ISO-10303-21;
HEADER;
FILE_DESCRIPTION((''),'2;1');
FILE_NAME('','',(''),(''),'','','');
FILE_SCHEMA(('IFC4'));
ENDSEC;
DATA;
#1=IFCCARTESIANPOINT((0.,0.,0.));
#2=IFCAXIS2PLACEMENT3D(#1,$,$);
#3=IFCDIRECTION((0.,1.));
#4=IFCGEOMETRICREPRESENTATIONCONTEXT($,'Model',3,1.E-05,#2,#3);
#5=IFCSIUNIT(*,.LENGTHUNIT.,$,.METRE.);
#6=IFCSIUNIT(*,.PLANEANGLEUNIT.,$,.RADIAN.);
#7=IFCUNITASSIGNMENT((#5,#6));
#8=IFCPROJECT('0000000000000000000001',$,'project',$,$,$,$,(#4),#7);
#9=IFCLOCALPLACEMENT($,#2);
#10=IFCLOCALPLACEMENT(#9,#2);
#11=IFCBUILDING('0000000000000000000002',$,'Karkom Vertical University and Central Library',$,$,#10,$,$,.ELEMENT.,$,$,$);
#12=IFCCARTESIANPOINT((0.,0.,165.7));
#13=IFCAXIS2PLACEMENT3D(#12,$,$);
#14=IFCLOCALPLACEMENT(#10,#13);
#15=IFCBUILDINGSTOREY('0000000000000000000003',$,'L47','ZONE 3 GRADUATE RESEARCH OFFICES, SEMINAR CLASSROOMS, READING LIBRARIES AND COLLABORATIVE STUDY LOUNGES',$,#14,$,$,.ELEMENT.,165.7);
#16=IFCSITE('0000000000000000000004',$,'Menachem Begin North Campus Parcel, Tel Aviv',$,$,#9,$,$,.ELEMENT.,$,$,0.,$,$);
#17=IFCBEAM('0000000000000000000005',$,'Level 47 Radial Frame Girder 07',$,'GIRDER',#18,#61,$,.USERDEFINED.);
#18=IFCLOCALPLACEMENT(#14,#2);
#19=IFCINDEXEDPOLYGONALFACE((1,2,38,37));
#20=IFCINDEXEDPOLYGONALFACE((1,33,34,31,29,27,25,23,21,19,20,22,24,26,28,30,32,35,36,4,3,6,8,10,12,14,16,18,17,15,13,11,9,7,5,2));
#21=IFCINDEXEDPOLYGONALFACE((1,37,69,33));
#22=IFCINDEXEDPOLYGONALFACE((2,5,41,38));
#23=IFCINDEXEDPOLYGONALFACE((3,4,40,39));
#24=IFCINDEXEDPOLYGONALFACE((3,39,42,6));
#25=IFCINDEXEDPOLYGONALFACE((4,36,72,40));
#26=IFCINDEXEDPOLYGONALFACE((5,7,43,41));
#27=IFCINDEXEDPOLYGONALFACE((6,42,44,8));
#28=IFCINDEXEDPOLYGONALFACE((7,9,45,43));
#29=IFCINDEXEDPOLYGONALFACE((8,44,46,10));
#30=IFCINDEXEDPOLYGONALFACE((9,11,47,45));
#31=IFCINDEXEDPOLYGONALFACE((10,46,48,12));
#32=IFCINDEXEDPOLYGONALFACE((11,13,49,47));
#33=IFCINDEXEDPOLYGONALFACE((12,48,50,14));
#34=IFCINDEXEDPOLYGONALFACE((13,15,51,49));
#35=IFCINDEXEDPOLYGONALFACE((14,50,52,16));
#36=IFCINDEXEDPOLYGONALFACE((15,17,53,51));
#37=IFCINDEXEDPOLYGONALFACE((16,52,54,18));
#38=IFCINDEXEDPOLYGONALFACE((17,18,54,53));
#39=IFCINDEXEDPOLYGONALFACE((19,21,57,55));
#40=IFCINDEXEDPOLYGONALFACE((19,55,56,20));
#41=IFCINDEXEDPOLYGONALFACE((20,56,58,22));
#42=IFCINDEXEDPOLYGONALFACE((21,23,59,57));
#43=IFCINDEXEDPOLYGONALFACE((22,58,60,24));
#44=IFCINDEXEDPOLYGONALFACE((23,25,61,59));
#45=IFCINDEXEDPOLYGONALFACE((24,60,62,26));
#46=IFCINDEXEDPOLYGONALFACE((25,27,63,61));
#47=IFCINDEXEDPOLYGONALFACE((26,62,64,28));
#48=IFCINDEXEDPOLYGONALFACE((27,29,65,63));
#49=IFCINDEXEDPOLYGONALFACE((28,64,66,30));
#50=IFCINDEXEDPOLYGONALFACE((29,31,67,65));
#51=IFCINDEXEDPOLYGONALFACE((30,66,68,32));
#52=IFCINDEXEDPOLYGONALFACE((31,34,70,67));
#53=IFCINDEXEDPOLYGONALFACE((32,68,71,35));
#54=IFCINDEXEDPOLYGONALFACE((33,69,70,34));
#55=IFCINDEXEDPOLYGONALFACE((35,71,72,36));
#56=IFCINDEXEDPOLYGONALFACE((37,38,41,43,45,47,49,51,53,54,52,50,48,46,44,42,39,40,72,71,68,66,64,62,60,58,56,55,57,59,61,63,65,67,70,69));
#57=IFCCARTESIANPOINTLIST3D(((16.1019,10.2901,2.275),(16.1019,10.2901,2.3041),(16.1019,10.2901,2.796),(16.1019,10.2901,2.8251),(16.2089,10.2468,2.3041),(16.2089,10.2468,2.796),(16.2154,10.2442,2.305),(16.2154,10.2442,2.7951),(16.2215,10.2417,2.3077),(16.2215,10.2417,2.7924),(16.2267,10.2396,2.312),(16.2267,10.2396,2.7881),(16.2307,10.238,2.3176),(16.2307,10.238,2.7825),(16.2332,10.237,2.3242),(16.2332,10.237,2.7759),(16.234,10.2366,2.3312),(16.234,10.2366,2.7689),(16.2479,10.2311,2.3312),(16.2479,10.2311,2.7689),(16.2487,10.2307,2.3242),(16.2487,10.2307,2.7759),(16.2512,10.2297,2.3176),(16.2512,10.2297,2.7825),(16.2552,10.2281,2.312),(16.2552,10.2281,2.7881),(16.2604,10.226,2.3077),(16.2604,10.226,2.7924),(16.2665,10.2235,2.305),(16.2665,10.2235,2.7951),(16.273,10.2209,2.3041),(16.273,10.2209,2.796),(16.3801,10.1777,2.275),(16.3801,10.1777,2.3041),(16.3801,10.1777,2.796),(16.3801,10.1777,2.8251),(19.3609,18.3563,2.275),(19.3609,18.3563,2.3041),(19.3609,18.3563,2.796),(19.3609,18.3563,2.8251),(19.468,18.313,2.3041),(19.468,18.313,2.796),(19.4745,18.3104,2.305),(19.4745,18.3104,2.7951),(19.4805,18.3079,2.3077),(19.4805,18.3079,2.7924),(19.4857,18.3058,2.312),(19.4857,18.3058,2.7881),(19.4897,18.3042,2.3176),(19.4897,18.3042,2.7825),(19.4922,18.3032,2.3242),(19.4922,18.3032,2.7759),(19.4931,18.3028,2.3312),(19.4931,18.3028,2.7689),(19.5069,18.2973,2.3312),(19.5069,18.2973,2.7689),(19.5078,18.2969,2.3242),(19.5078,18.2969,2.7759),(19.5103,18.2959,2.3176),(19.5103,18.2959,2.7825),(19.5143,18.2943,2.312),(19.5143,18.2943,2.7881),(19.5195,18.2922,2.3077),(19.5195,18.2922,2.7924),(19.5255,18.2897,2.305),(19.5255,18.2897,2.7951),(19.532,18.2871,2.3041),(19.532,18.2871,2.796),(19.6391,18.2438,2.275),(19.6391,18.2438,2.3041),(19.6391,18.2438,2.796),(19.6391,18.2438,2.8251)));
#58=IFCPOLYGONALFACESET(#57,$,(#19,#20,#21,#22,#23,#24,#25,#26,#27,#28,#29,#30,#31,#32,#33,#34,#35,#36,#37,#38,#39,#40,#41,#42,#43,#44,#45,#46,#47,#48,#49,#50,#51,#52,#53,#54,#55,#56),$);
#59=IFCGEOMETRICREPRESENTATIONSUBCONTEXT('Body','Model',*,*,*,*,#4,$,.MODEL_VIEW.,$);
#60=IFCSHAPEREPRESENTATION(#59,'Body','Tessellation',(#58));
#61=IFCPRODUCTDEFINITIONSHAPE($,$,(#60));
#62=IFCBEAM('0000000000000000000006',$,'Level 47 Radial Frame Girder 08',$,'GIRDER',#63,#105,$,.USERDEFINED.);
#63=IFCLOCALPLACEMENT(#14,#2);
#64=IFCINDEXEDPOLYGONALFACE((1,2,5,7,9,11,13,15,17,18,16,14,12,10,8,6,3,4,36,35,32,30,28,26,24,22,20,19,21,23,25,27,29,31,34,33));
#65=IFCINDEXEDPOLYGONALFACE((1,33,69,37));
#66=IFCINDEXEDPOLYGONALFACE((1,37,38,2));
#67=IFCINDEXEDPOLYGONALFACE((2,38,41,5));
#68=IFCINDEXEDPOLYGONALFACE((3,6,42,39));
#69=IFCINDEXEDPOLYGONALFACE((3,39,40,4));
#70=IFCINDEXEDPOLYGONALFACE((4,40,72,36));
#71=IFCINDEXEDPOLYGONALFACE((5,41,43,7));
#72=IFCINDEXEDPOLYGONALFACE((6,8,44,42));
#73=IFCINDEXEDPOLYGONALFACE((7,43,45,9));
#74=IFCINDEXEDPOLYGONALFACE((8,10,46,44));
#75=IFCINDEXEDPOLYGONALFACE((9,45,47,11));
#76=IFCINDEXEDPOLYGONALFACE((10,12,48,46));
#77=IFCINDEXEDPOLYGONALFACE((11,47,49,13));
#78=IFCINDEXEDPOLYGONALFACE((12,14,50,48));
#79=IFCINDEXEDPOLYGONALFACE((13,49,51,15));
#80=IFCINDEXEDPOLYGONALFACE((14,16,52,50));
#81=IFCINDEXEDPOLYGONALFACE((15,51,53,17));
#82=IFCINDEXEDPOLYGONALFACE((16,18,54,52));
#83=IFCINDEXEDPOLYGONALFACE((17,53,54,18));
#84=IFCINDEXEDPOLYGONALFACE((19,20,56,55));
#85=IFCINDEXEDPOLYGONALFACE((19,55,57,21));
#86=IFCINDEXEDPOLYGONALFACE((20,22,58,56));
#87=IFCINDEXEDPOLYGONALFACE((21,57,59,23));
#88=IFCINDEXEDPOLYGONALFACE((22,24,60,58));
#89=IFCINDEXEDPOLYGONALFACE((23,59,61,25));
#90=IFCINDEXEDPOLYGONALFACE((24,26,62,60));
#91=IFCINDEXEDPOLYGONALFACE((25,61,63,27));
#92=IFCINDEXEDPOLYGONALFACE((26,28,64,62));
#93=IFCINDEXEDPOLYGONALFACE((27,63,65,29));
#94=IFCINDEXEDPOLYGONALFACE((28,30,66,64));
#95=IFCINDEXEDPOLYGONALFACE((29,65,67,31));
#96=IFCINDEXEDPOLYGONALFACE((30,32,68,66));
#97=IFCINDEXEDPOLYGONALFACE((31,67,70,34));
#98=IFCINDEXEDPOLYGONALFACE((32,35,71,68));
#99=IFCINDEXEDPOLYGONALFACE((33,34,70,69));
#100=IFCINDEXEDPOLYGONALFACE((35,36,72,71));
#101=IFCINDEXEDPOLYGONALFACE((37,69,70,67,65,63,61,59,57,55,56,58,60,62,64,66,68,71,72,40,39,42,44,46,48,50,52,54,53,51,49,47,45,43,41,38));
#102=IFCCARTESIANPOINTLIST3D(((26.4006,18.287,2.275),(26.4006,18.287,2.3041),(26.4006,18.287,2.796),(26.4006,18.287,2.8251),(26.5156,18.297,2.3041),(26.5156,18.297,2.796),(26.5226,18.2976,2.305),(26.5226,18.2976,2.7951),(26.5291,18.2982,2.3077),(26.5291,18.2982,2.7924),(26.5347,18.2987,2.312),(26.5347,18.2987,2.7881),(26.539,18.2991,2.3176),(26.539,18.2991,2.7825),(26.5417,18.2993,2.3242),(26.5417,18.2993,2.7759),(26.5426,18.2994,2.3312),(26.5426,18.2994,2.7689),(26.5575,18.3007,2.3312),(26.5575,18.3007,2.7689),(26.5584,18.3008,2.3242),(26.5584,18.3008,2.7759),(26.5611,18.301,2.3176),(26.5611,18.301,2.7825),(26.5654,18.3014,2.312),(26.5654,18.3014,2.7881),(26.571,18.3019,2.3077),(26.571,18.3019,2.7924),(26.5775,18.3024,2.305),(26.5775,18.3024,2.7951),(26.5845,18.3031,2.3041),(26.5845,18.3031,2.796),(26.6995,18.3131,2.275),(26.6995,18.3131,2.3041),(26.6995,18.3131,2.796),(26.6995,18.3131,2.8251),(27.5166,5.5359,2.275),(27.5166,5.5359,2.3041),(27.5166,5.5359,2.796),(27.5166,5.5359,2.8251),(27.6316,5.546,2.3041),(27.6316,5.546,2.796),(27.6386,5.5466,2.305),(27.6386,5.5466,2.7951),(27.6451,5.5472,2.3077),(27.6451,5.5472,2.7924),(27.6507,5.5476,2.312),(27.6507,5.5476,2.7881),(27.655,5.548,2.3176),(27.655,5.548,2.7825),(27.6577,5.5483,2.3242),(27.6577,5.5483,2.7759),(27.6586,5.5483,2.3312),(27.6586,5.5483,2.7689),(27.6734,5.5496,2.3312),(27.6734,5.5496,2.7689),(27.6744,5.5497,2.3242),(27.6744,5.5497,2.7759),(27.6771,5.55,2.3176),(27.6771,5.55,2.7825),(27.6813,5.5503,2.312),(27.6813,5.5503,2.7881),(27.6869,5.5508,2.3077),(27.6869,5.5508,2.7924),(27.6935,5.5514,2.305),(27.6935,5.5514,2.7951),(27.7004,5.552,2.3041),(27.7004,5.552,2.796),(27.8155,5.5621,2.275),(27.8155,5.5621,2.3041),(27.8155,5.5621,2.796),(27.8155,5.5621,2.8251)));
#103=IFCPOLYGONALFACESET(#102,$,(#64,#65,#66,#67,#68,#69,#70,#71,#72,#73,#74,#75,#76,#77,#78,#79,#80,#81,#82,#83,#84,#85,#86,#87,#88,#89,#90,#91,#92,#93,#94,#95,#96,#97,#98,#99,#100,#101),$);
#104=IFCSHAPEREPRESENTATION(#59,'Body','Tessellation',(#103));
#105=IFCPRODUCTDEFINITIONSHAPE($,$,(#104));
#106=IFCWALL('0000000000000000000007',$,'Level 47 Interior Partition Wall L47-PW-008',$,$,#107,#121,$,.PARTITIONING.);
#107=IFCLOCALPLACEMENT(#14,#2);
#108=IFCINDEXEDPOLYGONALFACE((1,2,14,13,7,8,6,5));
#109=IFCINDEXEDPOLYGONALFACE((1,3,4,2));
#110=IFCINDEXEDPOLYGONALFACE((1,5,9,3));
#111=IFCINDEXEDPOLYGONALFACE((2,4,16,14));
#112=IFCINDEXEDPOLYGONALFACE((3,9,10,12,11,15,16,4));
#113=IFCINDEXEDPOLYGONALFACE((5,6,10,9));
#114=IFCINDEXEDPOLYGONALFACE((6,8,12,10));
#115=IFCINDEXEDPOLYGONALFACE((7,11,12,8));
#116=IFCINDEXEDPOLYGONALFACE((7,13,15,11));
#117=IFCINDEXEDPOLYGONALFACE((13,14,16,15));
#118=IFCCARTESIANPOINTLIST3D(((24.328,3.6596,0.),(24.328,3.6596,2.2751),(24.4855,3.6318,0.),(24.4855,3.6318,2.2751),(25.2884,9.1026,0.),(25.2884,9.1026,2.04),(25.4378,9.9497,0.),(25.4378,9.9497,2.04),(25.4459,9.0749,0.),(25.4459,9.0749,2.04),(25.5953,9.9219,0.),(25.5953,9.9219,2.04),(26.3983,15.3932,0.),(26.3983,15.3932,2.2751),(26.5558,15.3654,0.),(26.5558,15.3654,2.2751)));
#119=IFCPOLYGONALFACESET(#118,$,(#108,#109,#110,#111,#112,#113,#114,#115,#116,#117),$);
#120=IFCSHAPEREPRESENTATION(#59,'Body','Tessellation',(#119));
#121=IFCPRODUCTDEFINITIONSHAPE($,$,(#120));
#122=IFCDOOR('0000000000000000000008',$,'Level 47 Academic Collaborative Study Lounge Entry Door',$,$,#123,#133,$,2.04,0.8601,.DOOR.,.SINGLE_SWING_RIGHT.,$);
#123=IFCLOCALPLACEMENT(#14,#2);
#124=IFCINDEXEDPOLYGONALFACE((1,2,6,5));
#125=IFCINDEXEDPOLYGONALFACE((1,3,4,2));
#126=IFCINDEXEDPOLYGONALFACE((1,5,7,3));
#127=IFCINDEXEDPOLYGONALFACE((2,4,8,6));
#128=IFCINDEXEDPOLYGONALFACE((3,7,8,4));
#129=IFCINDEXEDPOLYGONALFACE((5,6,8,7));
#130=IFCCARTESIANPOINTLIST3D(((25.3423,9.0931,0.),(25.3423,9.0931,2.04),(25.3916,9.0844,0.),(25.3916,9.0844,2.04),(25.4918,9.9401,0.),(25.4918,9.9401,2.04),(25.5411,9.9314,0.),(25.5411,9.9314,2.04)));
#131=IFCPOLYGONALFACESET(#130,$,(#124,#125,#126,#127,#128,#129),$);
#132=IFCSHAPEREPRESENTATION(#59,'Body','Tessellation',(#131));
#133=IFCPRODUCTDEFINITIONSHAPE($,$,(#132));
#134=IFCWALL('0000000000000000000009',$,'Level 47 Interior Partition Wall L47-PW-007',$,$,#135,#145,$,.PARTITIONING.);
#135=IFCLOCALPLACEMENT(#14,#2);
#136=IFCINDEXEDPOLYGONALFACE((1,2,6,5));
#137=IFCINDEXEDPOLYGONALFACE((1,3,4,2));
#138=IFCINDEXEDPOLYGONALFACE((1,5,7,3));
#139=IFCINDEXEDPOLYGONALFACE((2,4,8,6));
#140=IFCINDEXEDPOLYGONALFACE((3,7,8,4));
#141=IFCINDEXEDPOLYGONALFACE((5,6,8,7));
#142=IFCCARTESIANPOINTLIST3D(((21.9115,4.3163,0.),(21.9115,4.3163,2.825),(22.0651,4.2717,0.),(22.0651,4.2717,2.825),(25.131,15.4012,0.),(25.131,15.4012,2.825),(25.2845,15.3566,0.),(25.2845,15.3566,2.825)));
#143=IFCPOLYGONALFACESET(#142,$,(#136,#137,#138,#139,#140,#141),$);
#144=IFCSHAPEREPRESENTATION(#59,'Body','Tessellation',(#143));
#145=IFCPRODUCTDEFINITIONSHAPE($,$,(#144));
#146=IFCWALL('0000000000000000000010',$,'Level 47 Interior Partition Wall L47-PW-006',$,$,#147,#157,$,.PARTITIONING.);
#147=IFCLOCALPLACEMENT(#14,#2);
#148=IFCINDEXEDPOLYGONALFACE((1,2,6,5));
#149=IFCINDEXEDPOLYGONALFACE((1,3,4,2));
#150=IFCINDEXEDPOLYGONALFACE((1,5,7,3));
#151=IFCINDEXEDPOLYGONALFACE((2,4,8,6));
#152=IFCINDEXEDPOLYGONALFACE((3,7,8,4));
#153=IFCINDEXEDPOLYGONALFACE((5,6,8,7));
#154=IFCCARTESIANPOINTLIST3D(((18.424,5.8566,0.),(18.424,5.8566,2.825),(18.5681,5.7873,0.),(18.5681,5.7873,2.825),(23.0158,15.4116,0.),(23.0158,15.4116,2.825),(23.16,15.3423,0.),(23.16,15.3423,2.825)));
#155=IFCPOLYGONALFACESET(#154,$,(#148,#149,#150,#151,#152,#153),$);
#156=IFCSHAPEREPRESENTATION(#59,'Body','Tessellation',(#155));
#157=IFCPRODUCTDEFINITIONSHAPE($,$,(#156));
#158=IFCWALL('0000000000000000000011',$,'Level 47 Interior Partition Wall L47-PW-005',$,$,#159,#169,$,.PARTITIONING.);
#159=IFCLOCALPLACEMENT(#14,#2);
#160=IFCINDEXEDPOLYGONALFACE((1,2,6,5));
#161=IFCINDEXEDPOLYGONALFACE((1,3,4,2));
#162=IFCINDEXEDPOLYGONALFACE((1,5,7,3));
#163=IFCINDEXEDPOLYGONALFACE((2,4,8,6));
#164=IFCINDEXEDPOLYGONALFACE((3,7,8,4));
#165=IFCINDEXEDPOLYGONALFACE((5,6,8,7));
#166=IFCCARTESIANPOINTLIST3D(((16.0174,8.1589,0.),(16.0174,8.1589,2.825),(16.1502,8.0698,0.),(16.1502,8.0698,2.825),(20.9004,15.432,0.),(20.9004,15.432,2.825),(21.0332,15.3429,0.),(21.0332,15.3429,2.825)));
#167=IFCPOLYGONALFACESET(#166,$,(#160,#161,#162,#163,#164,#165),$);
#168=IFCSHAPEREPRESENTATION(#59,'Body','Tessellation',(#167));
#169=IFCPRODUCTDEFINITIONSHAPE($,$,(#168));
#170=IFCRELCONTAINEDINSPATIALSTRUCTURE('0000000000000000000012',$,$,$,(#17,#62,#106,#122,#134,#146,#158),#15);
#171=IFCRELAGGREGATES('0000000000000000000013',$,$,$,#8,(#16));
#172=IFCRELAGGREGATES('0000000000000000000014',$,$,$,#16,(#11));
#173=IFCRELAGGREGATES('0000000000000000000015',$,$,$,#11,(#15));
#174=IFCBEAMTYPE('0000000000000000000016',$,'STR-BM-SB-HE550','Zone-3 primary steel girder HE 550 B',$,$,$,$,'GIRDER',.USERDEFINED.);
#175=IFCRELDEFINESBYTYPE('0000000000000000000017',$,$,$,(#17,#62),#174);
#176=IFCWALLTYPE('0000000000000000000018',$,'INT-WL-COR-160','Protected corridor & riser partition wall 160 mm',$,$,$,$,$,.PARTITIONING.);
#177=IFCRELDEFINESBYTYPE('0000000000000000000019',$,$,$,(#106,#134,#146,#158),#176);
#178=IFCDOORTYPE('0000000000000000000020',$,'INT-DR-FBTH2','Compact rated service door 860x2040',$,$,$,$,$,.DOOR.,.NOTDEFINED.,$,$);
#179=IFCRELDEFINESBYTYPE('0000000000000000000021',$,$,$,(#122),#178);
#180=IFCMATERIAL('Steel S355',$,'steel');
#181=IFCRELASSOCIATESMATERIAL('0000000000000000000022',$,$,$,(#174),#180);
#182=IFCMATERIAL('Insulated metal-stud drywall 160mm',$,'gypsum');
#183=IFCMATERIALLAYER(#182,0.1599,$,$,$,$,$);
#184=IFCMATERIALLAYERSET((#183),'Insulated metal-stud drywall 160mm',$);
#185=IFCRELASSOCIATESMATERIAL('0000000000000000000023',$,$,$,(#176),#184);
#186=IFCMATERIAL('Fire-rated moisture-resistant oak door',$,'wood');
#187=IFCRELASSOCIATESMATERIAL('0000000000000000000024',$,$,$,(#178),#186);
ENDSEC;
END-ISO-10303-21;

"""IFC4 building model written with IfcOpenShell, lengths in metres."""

from ifc_helpers import new_model, si_unit, direction, frame, frame_2d, origin, origin_with_axes, origin_2d, place, context, subcontext, project, spatial, rectangle, i_section, extrude, source, transform, mapped, material, layer, layer_set, material_profile, profile_set, type_object, element, fill, save


model = new_model("IFC4")

# Units and contexts
model_context = context("Model", 3, precision=1e-05, world=origin(), true_north=direction((0.0, 1.0)))
body_context = subcontext(model_context, "Body", "Model", "MODEL_VIEW")
ifc_project = project(units=[si_unit("LENGTHUNIT", "METRE"), si_unit("PLANEANGLEUNIT", "RADIAN")], contexts=[model_context])

# Site, building, storey
site_placement = place(None, origin())
site = spatial("IfcSite", under=ifc_project, at=site_placement, Name="Menachem Begin North Campus Parcel, Tel Aviv", CompositionType="ELEMENT", RefElevation=0.0)
building_placement = place(site_placement, origin())
building = spatial("IfcBuilding", under=site, at=building_placement, Name="Karkom Vertical University and Central Library", CompositionType="ELEMENT")
storey_placement = place(building_placement, frame((0.0, 0.0, 165.7)))
storey = spatial("IfcBuildingStorey", under=building, at=storey_placement, Name="L47", Description="ZONE 3 GRADUATE RESEARCH OFFICES, SEMINAR CLASSROOMS, READING LIBRARIES AND COLLABORATIVE STUDY LOUNGES", CompositionType="ELEMENT", Elevation=165.7)

# Beams
ifc_material_1 = material(Name="Steel S355", Category="steel")
ifc_material_profile_1 = material_profile(ifc_material_1, i_section(OverallWidth=0.3, OverallDepth=0.55, WebThickness=0.0149, FlangeThickness=0.0291, FilletRadius=0.0271, at=origin_2d()), Name="HE 550 B")
ifc_profile_set_1 = profile_set([ifc_material_profile_1], Name="Steel S355")
beam_type_1 = type_object("IfcBeamType", Name="STR-BM-SB-HE550", Description="Zone-3 primary steel girder HE 550 B", ElementType="GIRDER", PredefinedType="USERDEFINED", material=ifc_profile_set_1)
shared_shape_1 = source(origin_with_axes(), body_context, "Body", "SweptSolid", [
    extrude(i_section(OverallWidth=0.3, OverallDepth=0.55, WebThickness=0.0149, FlangeThickness=0.0291, FilletRadius=0.0271, at=origin_2d()), origin(), (0.0, 0.0, 1.0), 8.6997),
])
beam_1_placement = place(storey_placement, frame((19.5, 18.3, 2.55), z_axis=(-0.374616, -0.92718, 0.0), x_axis=(0.92718, -0.374616, 0.0)))
element("IfcBeam", 1, at=beam_1_placement, inside=storey, type_object=beam_type_1, Name="Level 47 Radial Frame Girder 07", ObjectType="GIRDER", PredefinedType="USERDEFINED", context=body_context, shape_type="MappedRepresentation", body=[
    mapped(shared_shape_1, transform((0.0, 0.0, 0.0), scale=1.0)),
])
shared_shape_2 = source(origin_with_axes(), body_context, "Body", "SweptSolid", [
    extrude(i_section(OverallWidth=0.3, OverallDepth=0.55, WebThickness=0.0149, FlangeThickness=0.0291, FilletRadius=0.0271, at=origin_2d()), origin(), (0.0, 0.0, 1.0), 12.7998),
])
beam_2_placement = place(storey_placement, frame((26.55, 18.3, 2.55), z_axis=(0.087187, -0.996192, 0.0), x_axis=(0.996192, 0.087187, 0.0)))
element("IfcBeam", 2, at=beam_2_placement, inside=storey, type_object=beam_type_1, Name="Level 47 Radial Frame Girder 08", ObjectType="GIRDER", PredefinedType="USERDEFINED", context=body_context, shape_type="MappedRepresentation", body=[
    mapped(shared_shape_2, transform((0.0, 0.0, 0.0), scale=1.0)),
])

# Wall, opening, door
ifc_material_2 = material(Name="Insulated metal-stud drywall 160mm", Category="gypsum")
ifc_layer_1 = layer(ifc_material_2, 0.1599)
ifc_layer_set_1 = layer_set([ifc_layer_1], Name="Insulated metal-stud drywall 160mm")
wall_type_1 = type_object("IfcWallType", Name="INT-WL-COR-160", Description="Protected corridor & riser partition wall 160 mm", PredefinedType="PARTITIONING", material=ifc_layer_set_1)
wall_1_placement = place(storey_placement, frame((26.4771, 15.3794, 0.0), z_axis=(0.0, 0.0, 1.0), x_axis=(-0.173758, -0.984788, 0.0)))
wall_1 = element("IfcWall", 3, at=wall_1_placement, inside=storey, type_object=wall_type_1, Name="Level 47 Interior Partition Wall L47-PW-008", PredefinedType="PARTITIONING", context=body_context, shape_type="SweptSolid", body=[
    extrude(rectangle(XDim=11.9148, YDim=0.1599, at=frame_2d((5.9575, 0.0))), origin(), (0.0, 0.0, 1.0), 2.2751),
])
opening_1_placement = place(wall_1_placement, frame((5.5276, 0.0, 0.0)))
opening_1 = element("IfcOpeningElement", 4, at=opening_1_placement, cuts=wall_1, PredefinedType="OPENING", context=body_context, shape_type="SweptSolid", body=[
    extrude(rectangle(XDim=0.8601, YDim=2.04, at=frame_2d((0.4302, 1.02))), frame((0.0, 0.0898, 0.0), z_axis=(0.0, -1.0, 0.0), x_axis=(1.0, 0.0, 0.0)), (0.0, 0.0, 1.0), 0.1799),
])
ifc_material_3 = material(Name="Fire-rated moisture-resistant oak door", Category="wood")
door_type_1 = type_object("IfcDoorType", Name="INT-DR-FBTH2", Description="Compact rated service door 860x2040", OperationType="NOTDEFINED", PredefinedType="DOOR", material=ifc_material_3)
shared_shape_3 = source(origin_with_axes(), body_context, "Body", "SweptSolid", [
    extrude(rectangle(XDim=0.8601, YDim=2.04, at=frame_2d((0.4302, 1.02))), frame((0.0, 0.0249, 0.0), z_axis=(0.0, -1.0, 0.0), x_axis=(1.0, 0.0, 0.0)), (0.0, 0.0, 1.0), 0.05),
])
door_1_placement = place(opening_1_placement, origin())
door_1 = element("IfcDoor", 5, at=door_1_placement, inside=storey, type_object=door_type_1, Name="Level 47 Academic Collaborative Study Lounge Entry Door", OperationType="SINGLE_SWING_RIGHT", OverallHeight=2.04, OverallWidth=0.8601, PredefinedType="DOOR", context=body_context, shape_type="MappedRepresentation", body=[
    mapped(shared_shape_3, transform((0.0, 0.0, 0.0), scale=1.0)),
])
fill(opening_1, door_1)

# Walls
wall_2_placement = place(storey_placement, frame((25.2078, 15.3789, 0.0), z_axis=(0.0, 0.0, 1.0), x_axis=(-0.278912, -0.960317, 0.0)))
element("IfcWall", 6, at=wall_2_placement, inside=storey, type_object=wall_type_1, Name="Level 47 Interior Partition Wall L47-PW-007", PredefinedType="PARTITIONING", context=body_context, shape_type="SweptSolid", body=[
    extrude(rectangle(XDim=11.543, YDim=0.1599, at=frame_2d((5.7715, 0.0))), origin(), (0.0, 0.0, 1.0), 2.825),
])
wall_3_placement = place(storey_placement, frame((23.0879, 15.377, 0.0), z_axis=(0.0, 0.0, 1.0), x_axis=(-0.433147, -0.901323, 0.0)))
element("IfcWall", 7, at=wall_3_placement, inside=storey, type_object=wall_type_1, Name="Level 47 Interior Partition Wall L47-PW-006", PredefinedType="PARTITIONING", context=body_context, shape_type="SweptSolid", body=[
    extrude(rectangle(XDim=10.6011, YDim=0.1599, at=frame_2d((5.3005, 0.0))), origin(), (0.0, 0.0, 1.0), 2.825),
])
wall_4_placement = place(storey_placement, frame((20.9668, 15.3875, 0.0), z_axis=(0.0, 0.0, 1.0), x_axis=(-0.557405, -0.830241, 0.0)))
element("IfcWall", 8, at=wall_4_placement, inside=storey, type_object=wall_type_1, Name="Level 47 Interior Partition Wall L47-PW-005", PredefinedType="PARTITIONING", context=body_context, shape_type="SweptSolid", body=[
    extrude(rectangle(XDim=8.7603, YDim=0.1599, at=frame_2d((4.3801, 0.0))), origin(), (0.0, 0.0, 1.0), 2.825),
])

save(model, "model.ifc")
